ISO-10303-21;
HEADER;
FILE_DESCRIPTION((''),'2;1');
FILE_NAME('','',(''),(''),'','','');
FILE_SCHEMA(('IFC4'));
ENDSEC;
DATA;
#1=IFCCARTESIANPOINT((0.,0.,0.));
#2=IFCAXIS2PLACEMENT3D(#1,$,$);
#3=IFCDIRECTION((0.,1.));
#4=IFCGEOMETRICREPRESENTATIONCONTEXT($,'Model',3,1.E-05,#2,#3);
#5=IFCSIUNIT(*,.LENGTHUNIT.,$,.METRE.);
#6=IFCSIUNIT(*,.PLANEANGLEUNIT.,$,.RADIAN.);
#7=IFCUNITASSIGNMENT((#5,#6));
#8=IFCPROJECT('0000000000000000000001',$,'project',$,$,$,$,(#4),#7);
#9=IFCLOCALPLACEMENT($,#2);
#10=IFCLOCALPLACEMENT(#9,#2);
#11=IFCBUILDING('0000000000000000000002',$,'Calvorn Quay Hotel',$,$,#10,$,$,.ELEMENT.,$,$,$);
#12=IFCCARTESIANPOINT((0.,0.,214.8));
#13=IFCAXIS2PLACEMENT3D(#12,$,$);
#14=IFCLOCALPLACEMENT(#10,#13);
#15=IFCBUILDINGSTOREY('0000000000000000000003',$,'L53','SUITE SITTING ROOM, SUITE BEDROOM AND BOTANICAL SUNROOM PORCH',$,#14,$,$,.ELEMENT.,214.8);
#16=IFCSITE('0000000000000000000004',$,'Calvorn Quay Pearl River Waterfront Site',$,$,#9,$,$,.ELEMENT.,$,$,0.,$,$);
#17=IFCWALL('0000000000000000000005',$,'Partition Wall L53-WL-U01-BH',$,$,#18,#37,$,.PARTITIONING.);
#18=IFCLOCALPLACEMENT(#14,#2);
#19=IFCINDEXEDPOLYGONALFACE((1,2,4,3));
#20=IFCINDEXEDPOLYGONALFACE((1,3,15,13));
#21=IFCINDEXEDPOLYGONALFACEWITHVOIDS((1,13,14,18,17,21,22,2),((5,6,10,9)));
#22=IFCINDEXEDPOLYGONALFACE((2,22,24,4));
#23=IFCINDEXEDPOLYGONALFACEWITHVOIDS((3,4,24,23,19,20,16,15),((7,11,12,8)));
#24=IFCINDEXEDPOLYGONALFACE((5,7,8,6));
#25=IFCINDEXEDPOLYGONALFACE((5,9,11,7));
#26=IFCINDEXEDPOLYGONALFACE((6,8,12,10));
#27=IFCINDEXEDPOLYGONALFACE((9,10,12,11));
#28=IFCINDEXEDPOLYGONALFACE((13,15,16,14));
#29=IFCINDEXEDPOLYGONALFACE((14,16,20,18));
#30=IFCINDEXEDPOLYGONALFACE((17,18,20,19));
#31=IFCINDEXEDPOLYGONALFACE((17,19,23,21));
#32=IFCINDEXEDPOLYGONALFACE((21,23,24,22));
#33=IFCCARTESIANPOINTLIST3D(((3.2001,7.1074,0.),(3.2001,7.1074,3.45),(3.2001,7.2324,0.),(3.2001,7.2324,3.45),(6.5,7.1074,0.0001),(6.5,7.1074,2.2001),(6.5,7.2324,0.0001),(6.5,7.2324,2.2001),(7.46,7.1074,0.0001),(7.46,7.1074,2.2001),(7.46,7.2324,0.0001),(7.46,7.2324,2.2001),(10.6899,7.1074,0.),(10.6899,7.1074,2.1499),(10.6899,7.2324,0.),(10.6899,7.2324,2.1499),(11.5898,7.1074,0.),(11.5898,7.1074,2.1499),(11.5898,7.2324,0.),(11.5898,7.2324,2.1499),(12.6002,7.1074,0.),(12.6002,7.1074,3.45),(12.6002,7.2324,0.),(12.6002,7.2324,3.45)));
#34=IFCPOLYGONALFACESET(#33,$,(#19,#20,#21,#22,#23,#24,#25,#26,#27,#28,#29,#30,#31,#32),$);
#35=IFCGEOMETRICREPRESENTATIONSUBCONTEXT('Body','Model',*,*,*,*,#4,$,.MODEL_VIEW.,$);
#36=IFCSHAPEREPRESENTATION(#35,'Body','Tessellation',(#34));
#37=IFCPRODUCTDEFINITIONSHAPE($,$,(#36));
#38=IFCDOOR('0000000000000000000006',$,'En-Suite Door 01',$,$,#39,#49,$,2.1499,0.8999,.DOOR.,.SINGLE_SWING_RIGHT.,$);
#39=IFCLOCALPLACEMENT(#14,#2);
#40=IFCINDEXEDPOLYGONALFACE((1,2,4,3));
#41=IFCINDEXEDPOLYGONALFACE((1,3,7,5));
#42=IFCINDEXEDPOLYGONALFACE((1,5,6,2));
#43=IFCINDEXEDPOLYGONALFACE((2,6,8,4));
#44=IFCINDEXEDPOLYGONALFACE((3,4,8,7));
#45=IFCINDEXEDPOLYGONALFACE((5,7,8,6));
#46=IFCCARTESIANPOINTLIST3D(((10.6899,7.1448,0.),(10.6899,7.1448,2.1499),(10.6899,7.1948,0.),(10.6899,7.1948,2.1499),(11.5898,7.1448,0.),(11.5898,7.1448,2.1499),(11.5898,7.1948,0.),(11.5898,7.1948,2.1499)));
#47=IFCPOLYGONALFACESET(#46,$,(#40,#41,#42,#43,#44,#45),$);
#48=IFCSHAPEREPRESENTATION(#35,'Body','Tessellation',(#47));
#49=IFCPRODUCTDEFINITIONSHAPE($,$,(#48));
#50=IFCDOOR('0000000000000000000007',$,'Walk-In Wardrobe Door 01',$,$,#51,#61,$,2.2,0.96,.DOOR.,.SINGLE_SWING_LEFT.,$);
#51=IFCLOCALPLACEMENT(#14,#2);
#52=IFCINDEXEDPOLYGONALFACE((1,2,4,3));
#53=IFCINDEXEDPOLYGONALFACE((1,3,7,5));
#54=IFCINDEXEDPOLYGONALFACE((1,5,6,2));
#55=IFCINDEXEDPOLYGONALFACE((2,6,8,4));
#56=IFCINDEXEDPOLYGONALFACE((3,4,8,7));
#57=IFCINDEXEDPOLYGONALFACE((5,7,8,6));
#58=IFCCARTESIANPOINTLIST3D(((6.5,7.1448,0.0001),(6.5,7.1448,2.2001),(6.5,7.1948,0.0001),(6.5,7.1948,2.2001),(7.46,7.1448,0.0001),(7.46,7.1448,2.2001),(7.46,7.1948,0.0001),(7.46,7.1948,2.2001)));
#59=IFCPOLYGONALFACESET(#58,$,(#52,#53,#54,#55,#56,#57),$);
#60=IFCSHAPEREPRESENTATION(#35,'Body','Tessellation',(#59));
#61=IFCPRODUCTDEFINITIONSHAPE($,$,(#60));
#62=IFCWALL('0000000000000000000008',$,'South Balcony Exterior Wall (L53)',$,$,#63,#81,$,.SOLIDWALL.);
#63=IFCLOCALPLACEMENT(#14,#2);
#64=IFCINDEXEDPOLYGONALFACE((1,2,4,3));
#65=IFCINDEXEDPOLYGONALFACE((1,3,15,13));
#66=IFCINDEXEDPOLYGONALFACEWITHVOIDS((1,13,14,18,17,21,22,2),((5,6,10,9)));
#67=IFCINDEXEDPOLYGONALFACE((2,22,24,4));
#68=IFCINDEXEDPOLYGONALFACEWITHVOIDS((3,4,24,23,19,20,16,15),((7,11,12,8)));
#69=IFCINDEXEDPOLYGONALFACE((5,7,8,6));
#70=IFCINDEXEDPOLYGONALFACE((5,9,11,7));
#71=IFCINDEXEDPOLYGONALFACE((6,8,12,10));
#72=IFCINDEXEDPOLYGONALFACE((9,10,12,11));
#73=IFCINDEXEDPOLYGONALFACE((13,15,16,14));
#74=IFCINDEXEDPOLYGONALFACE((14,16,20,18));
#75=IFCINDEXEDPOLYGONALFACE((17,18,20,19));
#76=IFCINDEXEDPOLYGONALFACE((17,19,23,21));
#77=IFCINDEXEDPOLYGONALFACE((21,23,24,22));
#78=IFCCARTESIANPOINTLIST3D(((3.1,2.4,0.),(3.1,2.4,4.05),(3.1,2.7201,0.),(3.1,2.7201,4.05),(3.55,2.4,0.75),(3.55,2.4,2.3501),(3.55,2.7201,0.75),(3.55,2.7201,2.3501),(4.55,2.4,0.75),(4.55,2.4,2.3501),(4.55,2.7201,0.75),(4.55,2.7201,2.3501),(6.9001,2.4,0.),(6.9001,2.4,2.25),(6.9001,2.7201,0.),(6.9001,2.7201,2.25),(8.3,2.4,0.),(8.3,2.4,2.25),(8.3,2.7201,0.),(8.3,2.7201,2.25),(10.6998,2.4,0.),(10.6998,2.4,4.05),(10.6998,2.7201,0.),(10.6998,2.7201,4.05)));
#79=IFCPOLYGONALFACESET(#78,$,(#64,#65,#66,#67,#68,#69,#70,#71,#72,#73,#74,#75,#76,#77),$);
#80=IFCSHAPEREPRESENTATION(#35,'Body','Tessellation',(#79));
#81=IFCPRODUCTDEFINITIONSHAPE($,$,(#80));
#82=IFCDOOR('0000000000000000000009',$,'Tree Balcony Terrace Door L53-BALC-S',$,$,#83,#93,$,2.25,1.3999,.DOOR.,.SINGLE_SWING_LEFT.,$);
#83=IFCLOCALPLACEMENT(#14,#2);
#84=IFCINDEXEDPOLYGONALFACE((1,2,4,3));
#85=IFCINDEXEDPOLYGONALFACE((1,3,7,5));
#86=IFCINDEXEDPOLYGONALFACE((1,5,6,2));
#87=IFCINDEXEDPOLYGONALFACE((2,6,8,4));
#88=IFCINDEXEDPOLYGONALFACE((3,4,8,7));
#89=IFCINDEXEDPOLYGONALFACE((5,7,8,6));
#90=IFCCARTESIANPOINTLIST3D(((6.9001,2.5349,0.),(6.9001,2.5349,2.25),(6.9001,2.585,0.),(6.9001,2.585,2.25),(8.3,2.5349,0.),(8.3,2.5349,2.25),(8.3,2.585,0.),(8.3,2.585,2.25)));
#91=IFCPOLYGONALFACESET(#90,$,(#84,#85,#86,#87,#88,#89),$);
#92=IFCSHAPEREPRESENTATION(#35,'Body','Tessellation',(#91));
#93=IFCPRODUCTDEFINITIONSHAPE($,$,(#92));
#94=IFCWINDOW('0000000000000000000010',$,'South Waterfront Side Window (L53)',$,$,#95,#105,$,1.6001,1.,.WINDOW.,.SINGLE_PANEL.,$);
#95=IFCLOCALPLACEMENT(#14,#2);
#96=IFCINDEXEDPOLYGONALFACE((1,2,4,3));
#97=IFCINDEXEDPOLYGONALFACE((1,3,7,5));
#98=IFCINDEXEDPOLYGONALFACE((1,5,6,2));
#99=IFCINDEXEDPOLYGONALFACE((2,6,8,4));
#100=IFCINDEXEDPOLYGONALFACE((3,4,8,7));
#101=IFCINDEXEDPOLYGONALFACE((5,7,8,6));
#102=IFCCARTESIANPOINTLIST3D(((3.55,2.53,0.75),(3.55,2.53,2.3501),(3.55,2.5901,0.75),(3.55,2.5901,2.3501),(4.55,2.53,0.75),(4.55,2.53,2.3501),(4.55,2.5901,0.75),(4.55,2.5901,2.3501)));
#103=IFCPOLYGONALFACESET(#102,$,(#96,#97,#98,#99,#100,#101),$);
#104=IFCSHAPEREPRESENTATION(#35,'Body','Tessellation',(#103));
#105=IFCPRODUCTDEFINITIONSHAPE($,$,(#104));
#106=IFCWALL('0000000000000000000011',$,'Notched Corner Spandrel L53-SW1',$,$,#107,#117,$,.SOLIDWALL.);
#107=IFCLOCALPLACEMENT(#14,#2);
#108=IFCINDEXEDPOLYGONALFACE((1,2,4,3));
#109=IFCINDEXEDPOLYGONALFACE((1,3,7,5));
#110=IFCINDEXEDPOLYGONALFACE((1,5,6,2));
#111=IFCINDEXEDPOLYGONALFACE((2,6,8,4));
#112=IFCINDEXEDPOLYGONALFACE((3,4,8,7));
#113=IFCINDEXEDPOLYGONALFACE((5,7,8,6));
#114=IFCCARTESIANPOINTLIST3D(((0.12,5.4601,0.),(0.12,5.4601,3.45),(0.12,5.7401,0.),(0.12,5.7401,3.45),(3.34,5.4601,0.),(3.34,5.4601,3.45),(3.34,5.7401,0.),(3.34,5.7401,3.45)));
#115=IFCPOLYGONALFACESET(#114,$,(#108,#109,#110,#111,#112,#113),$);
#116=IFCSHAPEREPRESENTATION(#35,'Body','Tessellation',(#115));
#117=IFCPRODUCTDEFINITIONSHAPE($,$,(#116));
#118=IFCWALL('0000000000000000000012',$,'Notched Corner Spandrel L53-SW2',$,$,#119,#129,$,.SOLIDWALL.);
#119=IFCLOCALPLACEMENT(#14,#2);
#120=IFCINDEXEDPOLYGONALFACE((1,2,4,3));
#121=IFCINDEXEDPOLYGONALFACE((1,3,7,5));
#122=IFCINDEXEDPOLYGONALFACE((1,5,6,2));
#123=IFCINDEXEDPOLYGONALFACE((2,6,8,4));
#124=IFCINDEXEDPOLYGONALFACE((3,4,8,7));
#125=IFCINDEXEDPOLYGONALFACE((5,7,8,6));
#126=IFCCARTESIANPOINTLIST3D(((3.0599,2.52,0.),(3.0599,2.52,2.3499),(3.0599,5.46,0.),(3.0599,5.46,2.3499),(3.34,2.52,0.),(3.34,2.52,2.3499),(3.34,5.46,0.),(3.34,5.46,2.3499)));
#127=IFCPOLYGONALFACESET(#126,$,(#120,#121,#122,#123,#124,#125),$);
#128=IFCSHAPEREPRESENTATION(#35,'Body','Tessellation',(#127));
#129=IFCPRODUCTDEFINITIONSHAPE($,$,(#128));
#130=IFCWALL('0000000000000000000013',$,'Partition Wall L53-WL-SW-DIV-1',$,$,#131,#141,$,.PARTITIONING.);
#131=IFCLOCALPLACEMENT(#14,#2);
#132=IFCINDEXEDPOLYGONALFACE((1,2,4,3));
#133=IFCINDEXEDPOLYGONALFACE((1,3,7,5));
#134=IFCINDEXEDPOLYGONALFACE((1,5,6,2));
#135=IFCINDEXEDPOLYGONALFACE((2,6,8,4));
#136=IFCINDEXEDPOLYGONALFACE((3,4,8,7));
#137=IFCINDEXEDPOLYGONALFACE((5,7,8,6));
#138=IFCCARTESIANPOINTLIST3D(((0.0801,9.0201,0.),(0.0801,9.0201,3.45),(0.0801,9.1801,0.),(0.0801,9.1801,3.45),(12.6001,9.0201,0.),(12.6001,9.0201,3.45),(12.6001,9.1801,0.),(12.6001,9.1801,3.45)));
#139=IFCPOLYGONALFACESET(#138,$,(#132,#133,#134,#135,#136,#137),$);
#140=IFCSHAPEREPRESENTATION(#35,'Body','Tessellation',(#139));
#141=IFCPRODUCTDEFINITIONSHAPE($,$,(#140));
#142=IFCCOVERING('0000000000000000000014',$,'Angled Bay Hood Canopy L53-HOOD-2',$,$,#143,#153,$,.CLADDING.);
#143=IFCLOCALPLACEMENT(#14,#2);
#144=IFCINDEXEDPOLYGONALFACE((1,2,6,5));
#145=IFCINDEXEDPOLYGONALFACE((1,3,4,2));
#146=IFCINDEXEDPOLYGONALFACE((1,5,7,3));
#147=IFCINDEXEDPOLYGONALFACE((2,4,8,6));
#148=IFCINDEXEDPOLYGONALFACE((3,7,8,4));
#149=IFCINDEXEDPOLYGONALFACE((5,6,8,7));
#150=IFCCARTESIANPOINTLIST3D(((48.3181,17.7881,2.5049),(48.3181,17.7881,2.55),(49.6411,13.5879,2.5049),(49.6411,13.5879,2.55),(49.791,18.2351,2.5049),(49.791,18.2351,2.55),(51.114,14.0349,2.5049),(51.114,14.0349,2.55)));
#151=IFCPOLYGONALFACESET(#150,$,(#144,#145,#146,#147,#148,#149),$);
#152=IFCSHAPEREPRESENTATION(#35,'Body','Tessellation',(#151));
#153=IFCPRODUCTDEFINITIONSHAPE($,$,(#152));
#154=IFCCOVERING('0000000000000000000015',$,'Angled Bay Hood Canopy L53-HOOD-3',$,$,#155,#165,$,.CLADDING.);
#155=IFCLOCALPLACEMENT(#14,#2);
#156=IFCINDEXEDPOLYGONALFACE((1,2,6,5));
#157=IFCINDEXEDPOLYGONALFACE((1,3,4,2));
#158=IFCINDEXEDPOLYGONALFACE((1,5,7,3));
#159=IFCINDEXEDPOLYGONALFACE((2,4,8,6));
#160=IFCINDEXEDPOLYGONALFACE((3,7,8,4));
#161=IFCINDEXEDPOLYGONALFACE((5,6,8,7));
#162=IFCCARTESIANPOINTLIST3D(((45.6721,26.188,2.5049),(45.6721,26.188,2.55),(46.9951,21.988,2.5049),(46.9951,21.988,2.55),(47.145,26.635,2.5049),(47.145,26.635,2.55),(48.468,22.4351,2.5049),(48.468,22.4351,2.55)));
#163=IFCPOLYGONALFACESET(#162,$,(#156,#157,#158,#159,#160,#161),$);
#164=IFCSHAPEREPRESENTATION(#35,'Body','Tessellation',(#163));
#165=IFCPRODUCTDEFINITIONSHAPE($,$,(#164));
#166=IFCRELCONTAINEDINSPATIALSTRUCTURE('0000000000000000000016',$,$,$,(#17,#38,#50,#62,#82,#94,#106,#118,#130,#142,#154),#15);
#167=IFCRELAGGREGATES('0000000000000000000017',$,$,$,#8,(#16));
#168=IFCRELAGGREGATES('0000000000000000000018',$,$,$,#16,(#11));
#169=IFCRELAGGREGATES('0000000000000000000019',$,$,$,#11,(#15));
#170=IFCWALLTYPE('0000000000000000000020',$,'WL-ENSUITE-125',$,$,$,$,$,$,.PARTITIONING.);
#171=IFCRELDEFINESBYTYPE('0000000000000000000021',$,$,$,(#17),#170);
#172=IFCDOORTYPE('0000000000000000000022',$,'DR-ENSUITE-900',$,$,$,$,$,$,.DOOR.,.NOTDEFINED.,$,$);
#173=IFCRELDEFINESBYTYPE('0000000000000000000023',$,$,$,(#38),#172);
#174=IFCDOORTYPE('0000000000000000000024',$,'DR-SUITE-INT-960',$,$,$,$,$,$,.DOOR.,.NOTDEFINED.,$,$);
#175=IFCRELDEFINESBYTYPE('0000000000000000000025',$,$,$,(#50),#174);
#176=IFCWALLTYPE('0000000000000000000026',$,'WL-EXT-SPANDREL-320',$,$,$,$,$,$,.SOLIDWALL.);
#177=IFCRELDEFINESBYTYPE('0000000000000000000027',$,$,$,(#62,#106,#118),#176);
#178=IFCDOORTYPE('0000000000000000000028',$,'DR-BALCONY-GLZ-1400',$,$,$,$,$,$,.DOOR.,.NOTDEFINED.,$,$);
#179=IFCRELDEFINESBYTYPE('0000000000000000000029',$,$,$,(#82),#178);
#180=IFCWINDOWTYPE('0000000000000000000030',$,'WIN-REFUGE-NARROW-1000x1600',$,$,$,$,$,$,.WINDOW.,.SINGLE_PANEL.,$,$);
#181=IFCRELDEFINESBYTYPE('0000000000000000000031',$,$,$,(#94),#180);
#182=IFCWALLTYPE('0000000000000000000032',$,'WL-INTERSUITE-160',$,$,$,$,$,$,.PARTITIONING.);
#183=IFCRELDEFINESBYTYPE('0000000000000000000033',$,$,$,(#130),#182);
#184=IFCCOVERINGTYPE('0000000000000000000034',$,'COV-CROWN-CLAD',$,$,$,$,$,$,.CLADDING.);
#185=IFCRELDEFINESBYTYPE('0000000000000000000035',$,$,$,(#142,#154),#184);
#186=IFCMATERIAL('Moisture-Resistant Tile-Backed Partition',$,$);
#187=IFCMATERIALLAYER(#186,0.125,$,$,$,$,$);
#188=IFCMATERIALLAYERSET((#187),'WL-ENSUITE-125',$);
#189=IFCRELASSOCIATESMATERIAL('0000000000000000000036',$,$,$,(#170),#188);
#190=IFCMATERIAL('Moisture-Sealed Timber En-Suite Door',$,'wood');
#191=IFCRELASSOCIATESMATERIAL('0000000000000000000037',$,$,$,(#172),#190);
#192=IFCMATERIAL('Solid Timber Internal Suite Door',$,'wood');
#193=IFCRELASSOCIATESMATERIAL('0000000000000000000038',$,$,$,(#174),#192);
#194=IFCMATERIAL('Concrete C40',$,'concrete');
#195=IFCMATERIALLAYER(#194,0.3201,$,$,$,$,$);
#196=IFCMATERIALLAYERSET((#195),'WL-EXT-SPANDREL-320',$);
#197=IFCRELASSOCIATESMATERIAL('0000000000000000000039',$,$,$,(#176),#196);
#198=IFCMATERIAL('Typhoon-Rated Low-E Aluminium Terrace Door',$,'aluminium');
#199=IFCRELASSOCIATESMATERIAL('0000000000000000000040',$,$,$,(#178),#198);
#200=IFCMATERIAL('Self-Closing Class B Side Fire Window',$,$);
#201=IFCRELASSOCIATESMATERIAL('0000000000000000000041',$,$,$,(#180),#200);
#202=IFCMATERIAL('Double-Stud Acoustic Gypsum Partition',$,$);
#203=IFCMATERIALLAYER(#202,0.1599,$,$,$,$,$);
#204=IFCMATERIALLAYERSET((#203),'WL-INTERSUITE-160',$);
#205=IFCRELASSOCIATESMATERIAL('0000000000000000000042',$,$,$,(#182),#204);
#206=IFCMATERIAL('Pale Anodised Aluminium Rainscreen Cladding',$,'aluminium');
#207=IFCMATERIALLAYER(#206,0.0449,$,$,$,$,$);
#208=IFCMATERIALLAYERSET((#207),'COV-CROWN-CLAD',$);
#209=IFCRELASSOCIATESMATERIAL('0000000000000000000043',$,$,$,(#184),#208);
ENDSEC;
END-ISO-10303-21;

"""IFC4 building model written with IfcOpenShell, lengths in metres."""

from ifc_helpers import new_model, si_unit, direction, frame, frame_2d, origin, place, context, subcontext, project, spatial, polyline, rectangle, outline, extrude, material, layer, layer_set, type_object, element, fill, save


model = new_model("IFC4")

# Units and contexts
model_context = context("Model", 3, precision=1e-05, world=origin(), true_north=direction((0.0, 1.0)))
body_context = subcontext(model_context, "Body", "Model", "MODEL_VIEW")
ifc_project = project(units=[si_unit("LENGTHUNIT", "METRE"), si_unit("PLANEANGLEUNIT", "RADIAN")], contexts=[model_context])

# Site, building, storey
site_placement = place(None, origin())
site = spatial("IfcSite", under=ifc_project, at=site_placement, Name="Calvorn Quay Pearl River Waterfront Site", CompositionType="ELEMENT", RefElevation=0.0)
building_placement = place(site_placement, origin())
building = spatial("IfcBuilding", under=site, at=building_placement, Name="Calvorn Quay Hotel", CompositionType="ELEMENT")
storey_placement = place(building_placement, frame((0.0, 0.0, 214.8)))
storey = spatial("IfcBuildingStorey", under=building, at=storey_placement, Name="L53", Description="SUITE SITTING ROOM, SUITE BEDROOM AND BOTANICAL SUNROOM PORCH", CompositionType="ELEMENT", Elevation=214.8)

# Wall, openings, doors
ifc_material_1 = material(Name="Moisture-Resistant Tile-Backed Partition")
ifc_layer_1 = layer(ifc_material_1, 0.125)
ifc_layer_set_1 = layer_set([ifc_layer_1], Name="WL-ENSUITE-125")
wall_type_1 = type_object("IfcWallType", Name="WL-ENSUITE-125", PredefinedType="PARTITIONING", material=ifc_layer_set_1)
wall_1_placement = place(storey_placement, frame((3.2, 7.1699, 0.0), z_axis=(0.0, 0.0, 1.0), x_axis=(1.0, 0.0, 0.0)))
wall_1 = element("IfcWall", 1, at=wall_1_placement, inside=storey, type_object=wall_type_1, Name="Partition Wall L53-WL-U01-BH", PredefinedType="PARTITIONING", context=body_context, shape_type="SweptSolid", body=[
    extrude(rectangle(XDim=9.4001, YDim=0.125, at=frame_2d((4.7002, 0.0))), origin(), (0.0, 0.0, 1.0), 3.45),
])
opening_1_placement = place(wall_1_placement, frame((3.3, 0.0, 0.0)))
opening_1 = element("IfcOpeningElement", 2, at=opening_1_placement, cuts=wall_1, PredefinedType="OPENING", context=body_context, shape_type="SweptSolid", body=[
    extrude(rectangle(XDim=0.96, YDim=2.2, at=frame_2d((0.48, 1.1001))), frame((0.0, 0.0725, 0.0), z_axis=(0.0, -1.0, 0.0), x_axis=(1.0, 0.0, 0.0)), (0.0, 0.0, 1.0), 0.145),
])
opening_2_placement = place(wall_1_placement, frame((7.49, 0.0, 0.0)))
opening_2 = element("IfcOpeningElement", 3, at=opening_2_placement, cuts=wall_1, PredefinedType="OPENING", context=body_context, shape_type="SweptSolid", body=[
    extrude(rectangle(XDim=0.8999, YDim=2.1499, at=frame_2d((0.45, 1.075))), frame((0.0, 0.0725, 0.0), z_axis=(0.0, -1.0, 0.0), x_axis=(1.0, 0.0, 0.0)), (0.0, 0.0, 1.0), 0.145),
])
ifc_material_2 = material(Name="Moisture-Sealed Timber En-Suite Door", Category="wood")
door_type_1 = type_object("IfcDoorType", Name="DR-ENSUITE-900", OperationType="NOTDEFINED", PredefinedType="DOOR", material=ifc_material_2)
door_1_placement = place(opening_2_placement, origin())
door_1 = element("IfcDoor", 4, at=door_1_placement, inside=storey, type_object=door_type_1, Name="En-Suite Door 01", OperationType="SINGLE_SWING_RIGHT", OverallHeight=2.1499, OverallWidth=0.8999, PredefinedType="DOOR", context=body_context, shape_type="SweptSolid", body=[
    extrude(rectangle(XDim=0.8999, YDim=2.1499, at=frame_2d((0.45, 1.075))), frame((0.0, 0.0249, 0.0), z_axis=(0.0, -1.0, 0.0), x_axis=(1.0, 0.0, 0.0)), (0.0, 0.0, 1.0), 0.05),
])
fill(opening_2, door_1)
ifc_material_3 = material(Name="Solid Timber Internal Suite Door", Category="wood")
door_type_2 = type_object("IfcDoorType", Name="DR-SUITE-INT-960", OperationType="NOTDEFINED", PredefinedType="DOOR", material=ifc_material_3)
door_2_placement = place(opening_1_placement, origin())
door_2 = element("IfcDoor", 5, at=door_2_placement, inside=storey, type_object=door_type_2, Name="Walk-In Wardrobe Door 01", OperationType="SINGLE_SWING_LEFT", OverallHeight=2.2, OverallWidth=0.96, PredefinedType="DOOR", context=body_context, shape_type="SweptSolid", body=[
    extrude(rectangle(XDim=0.96, YDim=2.2, at=frame_2d((0.48, 1.1001))), frame((0.0, 0.0249, 0.0), z_axis=(0.0, -1.0, 0.0), x_axis=(1.0, 0.0, 0.0)), (0.0, 0.0, 1.0), 0.05),
])
fill(opening_1, door_2)

# Wall, openings, door, window
ifc_material_4 = material(Name="Concrete C40", Category="concrete")
ifc_layer_2 = layer(ifc_material_4, 0.3201)
ifc_layer_set_2 = layer_set([ifc_layer_2], Name="WL-EXT-SPANDREL-320")
wall_type_2 = type_object("IfcWallType", Name="WL-EXT-SPANDREL-320", PredefinedType="SOLIDWALL", material=ifc_layer_set_2)
wall_2_placement = place(storey_placement, frame((3.1001, 2.5601, 0.0), z_axis=(0.0, 0.0, 1.0), x_axis=(1.0, 0.0, 0.0)))
wall_2 = element("IfcWall", 6, at=wall_2_placement, inside=storey, type_object=wall_type_2, Name="South Balcony Exterior Wall (L53)", PredefinedType="SOLIDWALL", context=body_context, shape_type="SweptSolid", body=[
    extrude(rectangle(XDim=7.5999, YDim=0.3201, at=frame_2d((3.7998, 0.0))), origin(), (0.0, 0.0, 1.0), 4.05),
])
opening_3_placement = place(wall_2_placement, frame((0.45, 0.0, 0.75)))
opening_3 = element("IfcOpeningElement", 7, at=opening_3_placement, cuts=wall_2, PredefinedType="OPENING", context=body_context, shape_type="SweptSolid", body=[
    extrude(rectangle(XDim=1.0, YDim=1.6001, at=frame_2d((0.5, 0.8))), frame((0.0, 0.1699, 0.0), z_axis=(0.0, -1.0, 0.0), x_axis=(1.0, 0.0, 0.0)), (0.0, 0.0, 1.0), 0.3401),
])
opening_4_placement = place(wall_2_placement, frame((3.8, 0.0, 0.0)))
opening_4 = element("IfcOpeningElement", 8, at=opening_4_placement, cuts=wall_2, PredefinedType="OPENING", context=body_context, shape_type="SweptSolid", body=[
    extrude(rectangle(XDim=1.3999, YDim=2.25, at=frame_2d((0.7, 1.125))), frame((0.0, 0.1699, 0.0), z_axis=(0.0, -1.0, 0.0), x_axis=(1.0, 0.0, 0.0)), (0.0, 0.0, 1.0), 0.3401),
])
ifc_material_5 = material(Name="Typhoon-Rated Low-E Aluminium Terrace Door", Category="aluminium")
door_type_3 = type_object("IfcDoorType", Name="DR-BALCONY-GLZ-1400", OperationType="NOTDEFINED", PredefinedType="DOOR", material=ifc_material_5)
door_3_placement = place(opening_4_placement, origin())
door_3 = element("IfcDoor", 9, at=door_3_placement, inside=storey, type_object=door_type_3, Name="Tree Balcony Terrace Door L53-BALC-S", OperationType="SINGLE_SWING_LEFT", OverallHeight=2.25, OverallWidth=1.3999, PredefinedType="DOOR", context=body_context, shape_type="SweptSolid", body=[
    extrude(rectangle(XDim=1.3999, YDim=2.25, at=frame_2d((0.7, 1.125))), frame((0.0, 0.0249, 0.0), z_axis=(0.0, -1.0, 0.0), x_axis=(1.0, 0.0, 0.0)), (0.0, 0.0, 1.0), 0.05),
])
fill(opening_4, door_3)
ifc_material_6 = material(Name="Self-Closing Class B Side Fire Window")
window_type = type_object("IfcWindowType", Name="WIN-REFUGE-NARROW-1000x1600", PartitioningType="SINGLE_PANEL", PredefinedType="WINDOW", material=ifc_material_6)
window_placement = place(opening_3_placement, origin())
window = element("IfcWindow", 10, at=window_placement, inside=storey, type_object=window_type, Name="South Waterfront Side Window (L53)", OverallHeight=1.6001, OverallWidth=1.0, PartitioningType="SINGLE_PANEL", PredefinedType="WINDOW", context=body_context, shape_type="SweptSolid", body=[
    extrude(rectangle(XDim=1.0, YDim=1.6001, at=frame_2d((0.5, 0.8))), frame((0.0, 0.03, 0.0), z_axis=(0.0, -1.0, 0.0), x_axis=(1.0, 0.0, 0.0)), (0.0, 0.0, 1.0), 0.0601),
])
fill(opening_3, window)

# Walls
wall_3_placement = place(storey_placement, frame((0.1201, 5.6001, 0.0), z_axis=(0.0, 0.0, 1.0), x_axis=(1.0, 0.0, 0.0)))
element("IfcWall", 11, at=wall_3_placement, inside=storey, type_object=wall_type_2, Name="Notched Corner Spandrel L53-SW1", PredefinedType="SOLIDWALL", context=body_context, shape_type="SweptSolid", body=[
    extrude(rectangle(XDim=3.22, YDim=0.28, at=frame_2d((1.6099, 0.0))), origin(), (0.0, 0.0, 1.0), 3.45),
])
wall_4_placement = place(storey_placement, frame((3.2, 5.46, 0.0), z_axis=(0.0, 0.0, 1.0), x_axis=(0.0, -1.0, 0.0)))
element("IfcWall", 12, at=wall_4_placement, inside=storey, type_object=wall_type_2, Name="Notched Corner Spandrel L53-SW2", PredefinedType="SOLIDWALL", context=body_context, shape_type="SweptSolid", body=[
    extrude(rectangle(XDim=2.9399, YDim=0.28, at=frame_2d((1.47, 0.0))), origin(), (0.0, 0.0, 1.0), 2.3499),
])
ifc_material_7 = material(Name="Double-Stud Acoustic Gypsum Partition")
ifc_layer_3 = layer(ifc_material_7, 0.1599)
ifc_layer_set_3 = layer_set([ifc_layer_3], Name="WL-INTERSUITE-160")
wall_type_3 = type_object("IfcWallType", Name="WL-INTERSUITE-160", PredefinedType="PARTITIONING", material=ifc_layer_set_3)
wall_5_placement = place(storey_placement, frame((0.0801, 9.1001, 0.0), z_axis=(0.0, 0.0, 1.0), x_axis=(1.0, 0.0, 0.0)))
element("IfcWall", 13, at=wall_5_placement, inside=storey, type_object=wall_type_3, Name="Partition Wall L53-WL-SW-DIV-1", PredefinedType="PARTITIONING", context=body_context, shape_type="SweptSolid", body=[
    extrude(rectangle(XDim=12.52, YDim=0.1599, at=frame_2d((6.26, 0.0))), origin(), (0.0, 0.0, 1.0), 3.45),
])

# Coverings
ifc_material_8 = material(Name="Pale Anodised Aluminium Rainscreen Cladding", Category="aluminium")
ifc_layer_4 = layer(ifc_material_8, 0.0449)
ifc_layer_set_4 = layer_set([ifc_layer_4], Name="COV-CROWN-CLAD")
covering_type = type_object("IfcCoveringType", Name="COV-CROWN-CLAD", PredefinedType="CLADDING", material=ifc_layer_set_4)
covering_1_placement = place(storey_placement, frame((0.0, 0.0, 2.5049)))
element("IfcCovering", 14, at=covering_1_placement, inside=storey, type_object=covering_type, Name="Angled Bay Hood Canopy L53-HOOD-2", PredefinedType="CLADDING", context=body_context, shape_type="SweptSolid", body=[
    extrude(outline(polyline([(48.3181, 17.7881), (49.791, 18.2351), (51.114, 14.0349), (49.6411, 13.5879), (48.3181, 17.7881)])), origin(), (0.0, 0.0, 1.0), 0.0452),
])
covering_2_placement = place(storey_placement, frame((0.0, 0.0, 2.5049)))
element("IfcCovering", 15, at=covering_2_placement, inside=storey, type_object=covering_type, Name="Angled Bay Hood Canopy L53-HOOD-3", PredefinedType="CLADDING", context=body_context, shape_type="SweptSolid", body=[
    extrude(outline(polyline([(45.6721, 26.188), (47.145, 26.635), (48.468, 22.4351), (46.9951, 21.988), (45.6721, 26.188)])), origin(), (0.0, 0.0, 1.0), 0.0452),
])

save(model, "model.ifc")
